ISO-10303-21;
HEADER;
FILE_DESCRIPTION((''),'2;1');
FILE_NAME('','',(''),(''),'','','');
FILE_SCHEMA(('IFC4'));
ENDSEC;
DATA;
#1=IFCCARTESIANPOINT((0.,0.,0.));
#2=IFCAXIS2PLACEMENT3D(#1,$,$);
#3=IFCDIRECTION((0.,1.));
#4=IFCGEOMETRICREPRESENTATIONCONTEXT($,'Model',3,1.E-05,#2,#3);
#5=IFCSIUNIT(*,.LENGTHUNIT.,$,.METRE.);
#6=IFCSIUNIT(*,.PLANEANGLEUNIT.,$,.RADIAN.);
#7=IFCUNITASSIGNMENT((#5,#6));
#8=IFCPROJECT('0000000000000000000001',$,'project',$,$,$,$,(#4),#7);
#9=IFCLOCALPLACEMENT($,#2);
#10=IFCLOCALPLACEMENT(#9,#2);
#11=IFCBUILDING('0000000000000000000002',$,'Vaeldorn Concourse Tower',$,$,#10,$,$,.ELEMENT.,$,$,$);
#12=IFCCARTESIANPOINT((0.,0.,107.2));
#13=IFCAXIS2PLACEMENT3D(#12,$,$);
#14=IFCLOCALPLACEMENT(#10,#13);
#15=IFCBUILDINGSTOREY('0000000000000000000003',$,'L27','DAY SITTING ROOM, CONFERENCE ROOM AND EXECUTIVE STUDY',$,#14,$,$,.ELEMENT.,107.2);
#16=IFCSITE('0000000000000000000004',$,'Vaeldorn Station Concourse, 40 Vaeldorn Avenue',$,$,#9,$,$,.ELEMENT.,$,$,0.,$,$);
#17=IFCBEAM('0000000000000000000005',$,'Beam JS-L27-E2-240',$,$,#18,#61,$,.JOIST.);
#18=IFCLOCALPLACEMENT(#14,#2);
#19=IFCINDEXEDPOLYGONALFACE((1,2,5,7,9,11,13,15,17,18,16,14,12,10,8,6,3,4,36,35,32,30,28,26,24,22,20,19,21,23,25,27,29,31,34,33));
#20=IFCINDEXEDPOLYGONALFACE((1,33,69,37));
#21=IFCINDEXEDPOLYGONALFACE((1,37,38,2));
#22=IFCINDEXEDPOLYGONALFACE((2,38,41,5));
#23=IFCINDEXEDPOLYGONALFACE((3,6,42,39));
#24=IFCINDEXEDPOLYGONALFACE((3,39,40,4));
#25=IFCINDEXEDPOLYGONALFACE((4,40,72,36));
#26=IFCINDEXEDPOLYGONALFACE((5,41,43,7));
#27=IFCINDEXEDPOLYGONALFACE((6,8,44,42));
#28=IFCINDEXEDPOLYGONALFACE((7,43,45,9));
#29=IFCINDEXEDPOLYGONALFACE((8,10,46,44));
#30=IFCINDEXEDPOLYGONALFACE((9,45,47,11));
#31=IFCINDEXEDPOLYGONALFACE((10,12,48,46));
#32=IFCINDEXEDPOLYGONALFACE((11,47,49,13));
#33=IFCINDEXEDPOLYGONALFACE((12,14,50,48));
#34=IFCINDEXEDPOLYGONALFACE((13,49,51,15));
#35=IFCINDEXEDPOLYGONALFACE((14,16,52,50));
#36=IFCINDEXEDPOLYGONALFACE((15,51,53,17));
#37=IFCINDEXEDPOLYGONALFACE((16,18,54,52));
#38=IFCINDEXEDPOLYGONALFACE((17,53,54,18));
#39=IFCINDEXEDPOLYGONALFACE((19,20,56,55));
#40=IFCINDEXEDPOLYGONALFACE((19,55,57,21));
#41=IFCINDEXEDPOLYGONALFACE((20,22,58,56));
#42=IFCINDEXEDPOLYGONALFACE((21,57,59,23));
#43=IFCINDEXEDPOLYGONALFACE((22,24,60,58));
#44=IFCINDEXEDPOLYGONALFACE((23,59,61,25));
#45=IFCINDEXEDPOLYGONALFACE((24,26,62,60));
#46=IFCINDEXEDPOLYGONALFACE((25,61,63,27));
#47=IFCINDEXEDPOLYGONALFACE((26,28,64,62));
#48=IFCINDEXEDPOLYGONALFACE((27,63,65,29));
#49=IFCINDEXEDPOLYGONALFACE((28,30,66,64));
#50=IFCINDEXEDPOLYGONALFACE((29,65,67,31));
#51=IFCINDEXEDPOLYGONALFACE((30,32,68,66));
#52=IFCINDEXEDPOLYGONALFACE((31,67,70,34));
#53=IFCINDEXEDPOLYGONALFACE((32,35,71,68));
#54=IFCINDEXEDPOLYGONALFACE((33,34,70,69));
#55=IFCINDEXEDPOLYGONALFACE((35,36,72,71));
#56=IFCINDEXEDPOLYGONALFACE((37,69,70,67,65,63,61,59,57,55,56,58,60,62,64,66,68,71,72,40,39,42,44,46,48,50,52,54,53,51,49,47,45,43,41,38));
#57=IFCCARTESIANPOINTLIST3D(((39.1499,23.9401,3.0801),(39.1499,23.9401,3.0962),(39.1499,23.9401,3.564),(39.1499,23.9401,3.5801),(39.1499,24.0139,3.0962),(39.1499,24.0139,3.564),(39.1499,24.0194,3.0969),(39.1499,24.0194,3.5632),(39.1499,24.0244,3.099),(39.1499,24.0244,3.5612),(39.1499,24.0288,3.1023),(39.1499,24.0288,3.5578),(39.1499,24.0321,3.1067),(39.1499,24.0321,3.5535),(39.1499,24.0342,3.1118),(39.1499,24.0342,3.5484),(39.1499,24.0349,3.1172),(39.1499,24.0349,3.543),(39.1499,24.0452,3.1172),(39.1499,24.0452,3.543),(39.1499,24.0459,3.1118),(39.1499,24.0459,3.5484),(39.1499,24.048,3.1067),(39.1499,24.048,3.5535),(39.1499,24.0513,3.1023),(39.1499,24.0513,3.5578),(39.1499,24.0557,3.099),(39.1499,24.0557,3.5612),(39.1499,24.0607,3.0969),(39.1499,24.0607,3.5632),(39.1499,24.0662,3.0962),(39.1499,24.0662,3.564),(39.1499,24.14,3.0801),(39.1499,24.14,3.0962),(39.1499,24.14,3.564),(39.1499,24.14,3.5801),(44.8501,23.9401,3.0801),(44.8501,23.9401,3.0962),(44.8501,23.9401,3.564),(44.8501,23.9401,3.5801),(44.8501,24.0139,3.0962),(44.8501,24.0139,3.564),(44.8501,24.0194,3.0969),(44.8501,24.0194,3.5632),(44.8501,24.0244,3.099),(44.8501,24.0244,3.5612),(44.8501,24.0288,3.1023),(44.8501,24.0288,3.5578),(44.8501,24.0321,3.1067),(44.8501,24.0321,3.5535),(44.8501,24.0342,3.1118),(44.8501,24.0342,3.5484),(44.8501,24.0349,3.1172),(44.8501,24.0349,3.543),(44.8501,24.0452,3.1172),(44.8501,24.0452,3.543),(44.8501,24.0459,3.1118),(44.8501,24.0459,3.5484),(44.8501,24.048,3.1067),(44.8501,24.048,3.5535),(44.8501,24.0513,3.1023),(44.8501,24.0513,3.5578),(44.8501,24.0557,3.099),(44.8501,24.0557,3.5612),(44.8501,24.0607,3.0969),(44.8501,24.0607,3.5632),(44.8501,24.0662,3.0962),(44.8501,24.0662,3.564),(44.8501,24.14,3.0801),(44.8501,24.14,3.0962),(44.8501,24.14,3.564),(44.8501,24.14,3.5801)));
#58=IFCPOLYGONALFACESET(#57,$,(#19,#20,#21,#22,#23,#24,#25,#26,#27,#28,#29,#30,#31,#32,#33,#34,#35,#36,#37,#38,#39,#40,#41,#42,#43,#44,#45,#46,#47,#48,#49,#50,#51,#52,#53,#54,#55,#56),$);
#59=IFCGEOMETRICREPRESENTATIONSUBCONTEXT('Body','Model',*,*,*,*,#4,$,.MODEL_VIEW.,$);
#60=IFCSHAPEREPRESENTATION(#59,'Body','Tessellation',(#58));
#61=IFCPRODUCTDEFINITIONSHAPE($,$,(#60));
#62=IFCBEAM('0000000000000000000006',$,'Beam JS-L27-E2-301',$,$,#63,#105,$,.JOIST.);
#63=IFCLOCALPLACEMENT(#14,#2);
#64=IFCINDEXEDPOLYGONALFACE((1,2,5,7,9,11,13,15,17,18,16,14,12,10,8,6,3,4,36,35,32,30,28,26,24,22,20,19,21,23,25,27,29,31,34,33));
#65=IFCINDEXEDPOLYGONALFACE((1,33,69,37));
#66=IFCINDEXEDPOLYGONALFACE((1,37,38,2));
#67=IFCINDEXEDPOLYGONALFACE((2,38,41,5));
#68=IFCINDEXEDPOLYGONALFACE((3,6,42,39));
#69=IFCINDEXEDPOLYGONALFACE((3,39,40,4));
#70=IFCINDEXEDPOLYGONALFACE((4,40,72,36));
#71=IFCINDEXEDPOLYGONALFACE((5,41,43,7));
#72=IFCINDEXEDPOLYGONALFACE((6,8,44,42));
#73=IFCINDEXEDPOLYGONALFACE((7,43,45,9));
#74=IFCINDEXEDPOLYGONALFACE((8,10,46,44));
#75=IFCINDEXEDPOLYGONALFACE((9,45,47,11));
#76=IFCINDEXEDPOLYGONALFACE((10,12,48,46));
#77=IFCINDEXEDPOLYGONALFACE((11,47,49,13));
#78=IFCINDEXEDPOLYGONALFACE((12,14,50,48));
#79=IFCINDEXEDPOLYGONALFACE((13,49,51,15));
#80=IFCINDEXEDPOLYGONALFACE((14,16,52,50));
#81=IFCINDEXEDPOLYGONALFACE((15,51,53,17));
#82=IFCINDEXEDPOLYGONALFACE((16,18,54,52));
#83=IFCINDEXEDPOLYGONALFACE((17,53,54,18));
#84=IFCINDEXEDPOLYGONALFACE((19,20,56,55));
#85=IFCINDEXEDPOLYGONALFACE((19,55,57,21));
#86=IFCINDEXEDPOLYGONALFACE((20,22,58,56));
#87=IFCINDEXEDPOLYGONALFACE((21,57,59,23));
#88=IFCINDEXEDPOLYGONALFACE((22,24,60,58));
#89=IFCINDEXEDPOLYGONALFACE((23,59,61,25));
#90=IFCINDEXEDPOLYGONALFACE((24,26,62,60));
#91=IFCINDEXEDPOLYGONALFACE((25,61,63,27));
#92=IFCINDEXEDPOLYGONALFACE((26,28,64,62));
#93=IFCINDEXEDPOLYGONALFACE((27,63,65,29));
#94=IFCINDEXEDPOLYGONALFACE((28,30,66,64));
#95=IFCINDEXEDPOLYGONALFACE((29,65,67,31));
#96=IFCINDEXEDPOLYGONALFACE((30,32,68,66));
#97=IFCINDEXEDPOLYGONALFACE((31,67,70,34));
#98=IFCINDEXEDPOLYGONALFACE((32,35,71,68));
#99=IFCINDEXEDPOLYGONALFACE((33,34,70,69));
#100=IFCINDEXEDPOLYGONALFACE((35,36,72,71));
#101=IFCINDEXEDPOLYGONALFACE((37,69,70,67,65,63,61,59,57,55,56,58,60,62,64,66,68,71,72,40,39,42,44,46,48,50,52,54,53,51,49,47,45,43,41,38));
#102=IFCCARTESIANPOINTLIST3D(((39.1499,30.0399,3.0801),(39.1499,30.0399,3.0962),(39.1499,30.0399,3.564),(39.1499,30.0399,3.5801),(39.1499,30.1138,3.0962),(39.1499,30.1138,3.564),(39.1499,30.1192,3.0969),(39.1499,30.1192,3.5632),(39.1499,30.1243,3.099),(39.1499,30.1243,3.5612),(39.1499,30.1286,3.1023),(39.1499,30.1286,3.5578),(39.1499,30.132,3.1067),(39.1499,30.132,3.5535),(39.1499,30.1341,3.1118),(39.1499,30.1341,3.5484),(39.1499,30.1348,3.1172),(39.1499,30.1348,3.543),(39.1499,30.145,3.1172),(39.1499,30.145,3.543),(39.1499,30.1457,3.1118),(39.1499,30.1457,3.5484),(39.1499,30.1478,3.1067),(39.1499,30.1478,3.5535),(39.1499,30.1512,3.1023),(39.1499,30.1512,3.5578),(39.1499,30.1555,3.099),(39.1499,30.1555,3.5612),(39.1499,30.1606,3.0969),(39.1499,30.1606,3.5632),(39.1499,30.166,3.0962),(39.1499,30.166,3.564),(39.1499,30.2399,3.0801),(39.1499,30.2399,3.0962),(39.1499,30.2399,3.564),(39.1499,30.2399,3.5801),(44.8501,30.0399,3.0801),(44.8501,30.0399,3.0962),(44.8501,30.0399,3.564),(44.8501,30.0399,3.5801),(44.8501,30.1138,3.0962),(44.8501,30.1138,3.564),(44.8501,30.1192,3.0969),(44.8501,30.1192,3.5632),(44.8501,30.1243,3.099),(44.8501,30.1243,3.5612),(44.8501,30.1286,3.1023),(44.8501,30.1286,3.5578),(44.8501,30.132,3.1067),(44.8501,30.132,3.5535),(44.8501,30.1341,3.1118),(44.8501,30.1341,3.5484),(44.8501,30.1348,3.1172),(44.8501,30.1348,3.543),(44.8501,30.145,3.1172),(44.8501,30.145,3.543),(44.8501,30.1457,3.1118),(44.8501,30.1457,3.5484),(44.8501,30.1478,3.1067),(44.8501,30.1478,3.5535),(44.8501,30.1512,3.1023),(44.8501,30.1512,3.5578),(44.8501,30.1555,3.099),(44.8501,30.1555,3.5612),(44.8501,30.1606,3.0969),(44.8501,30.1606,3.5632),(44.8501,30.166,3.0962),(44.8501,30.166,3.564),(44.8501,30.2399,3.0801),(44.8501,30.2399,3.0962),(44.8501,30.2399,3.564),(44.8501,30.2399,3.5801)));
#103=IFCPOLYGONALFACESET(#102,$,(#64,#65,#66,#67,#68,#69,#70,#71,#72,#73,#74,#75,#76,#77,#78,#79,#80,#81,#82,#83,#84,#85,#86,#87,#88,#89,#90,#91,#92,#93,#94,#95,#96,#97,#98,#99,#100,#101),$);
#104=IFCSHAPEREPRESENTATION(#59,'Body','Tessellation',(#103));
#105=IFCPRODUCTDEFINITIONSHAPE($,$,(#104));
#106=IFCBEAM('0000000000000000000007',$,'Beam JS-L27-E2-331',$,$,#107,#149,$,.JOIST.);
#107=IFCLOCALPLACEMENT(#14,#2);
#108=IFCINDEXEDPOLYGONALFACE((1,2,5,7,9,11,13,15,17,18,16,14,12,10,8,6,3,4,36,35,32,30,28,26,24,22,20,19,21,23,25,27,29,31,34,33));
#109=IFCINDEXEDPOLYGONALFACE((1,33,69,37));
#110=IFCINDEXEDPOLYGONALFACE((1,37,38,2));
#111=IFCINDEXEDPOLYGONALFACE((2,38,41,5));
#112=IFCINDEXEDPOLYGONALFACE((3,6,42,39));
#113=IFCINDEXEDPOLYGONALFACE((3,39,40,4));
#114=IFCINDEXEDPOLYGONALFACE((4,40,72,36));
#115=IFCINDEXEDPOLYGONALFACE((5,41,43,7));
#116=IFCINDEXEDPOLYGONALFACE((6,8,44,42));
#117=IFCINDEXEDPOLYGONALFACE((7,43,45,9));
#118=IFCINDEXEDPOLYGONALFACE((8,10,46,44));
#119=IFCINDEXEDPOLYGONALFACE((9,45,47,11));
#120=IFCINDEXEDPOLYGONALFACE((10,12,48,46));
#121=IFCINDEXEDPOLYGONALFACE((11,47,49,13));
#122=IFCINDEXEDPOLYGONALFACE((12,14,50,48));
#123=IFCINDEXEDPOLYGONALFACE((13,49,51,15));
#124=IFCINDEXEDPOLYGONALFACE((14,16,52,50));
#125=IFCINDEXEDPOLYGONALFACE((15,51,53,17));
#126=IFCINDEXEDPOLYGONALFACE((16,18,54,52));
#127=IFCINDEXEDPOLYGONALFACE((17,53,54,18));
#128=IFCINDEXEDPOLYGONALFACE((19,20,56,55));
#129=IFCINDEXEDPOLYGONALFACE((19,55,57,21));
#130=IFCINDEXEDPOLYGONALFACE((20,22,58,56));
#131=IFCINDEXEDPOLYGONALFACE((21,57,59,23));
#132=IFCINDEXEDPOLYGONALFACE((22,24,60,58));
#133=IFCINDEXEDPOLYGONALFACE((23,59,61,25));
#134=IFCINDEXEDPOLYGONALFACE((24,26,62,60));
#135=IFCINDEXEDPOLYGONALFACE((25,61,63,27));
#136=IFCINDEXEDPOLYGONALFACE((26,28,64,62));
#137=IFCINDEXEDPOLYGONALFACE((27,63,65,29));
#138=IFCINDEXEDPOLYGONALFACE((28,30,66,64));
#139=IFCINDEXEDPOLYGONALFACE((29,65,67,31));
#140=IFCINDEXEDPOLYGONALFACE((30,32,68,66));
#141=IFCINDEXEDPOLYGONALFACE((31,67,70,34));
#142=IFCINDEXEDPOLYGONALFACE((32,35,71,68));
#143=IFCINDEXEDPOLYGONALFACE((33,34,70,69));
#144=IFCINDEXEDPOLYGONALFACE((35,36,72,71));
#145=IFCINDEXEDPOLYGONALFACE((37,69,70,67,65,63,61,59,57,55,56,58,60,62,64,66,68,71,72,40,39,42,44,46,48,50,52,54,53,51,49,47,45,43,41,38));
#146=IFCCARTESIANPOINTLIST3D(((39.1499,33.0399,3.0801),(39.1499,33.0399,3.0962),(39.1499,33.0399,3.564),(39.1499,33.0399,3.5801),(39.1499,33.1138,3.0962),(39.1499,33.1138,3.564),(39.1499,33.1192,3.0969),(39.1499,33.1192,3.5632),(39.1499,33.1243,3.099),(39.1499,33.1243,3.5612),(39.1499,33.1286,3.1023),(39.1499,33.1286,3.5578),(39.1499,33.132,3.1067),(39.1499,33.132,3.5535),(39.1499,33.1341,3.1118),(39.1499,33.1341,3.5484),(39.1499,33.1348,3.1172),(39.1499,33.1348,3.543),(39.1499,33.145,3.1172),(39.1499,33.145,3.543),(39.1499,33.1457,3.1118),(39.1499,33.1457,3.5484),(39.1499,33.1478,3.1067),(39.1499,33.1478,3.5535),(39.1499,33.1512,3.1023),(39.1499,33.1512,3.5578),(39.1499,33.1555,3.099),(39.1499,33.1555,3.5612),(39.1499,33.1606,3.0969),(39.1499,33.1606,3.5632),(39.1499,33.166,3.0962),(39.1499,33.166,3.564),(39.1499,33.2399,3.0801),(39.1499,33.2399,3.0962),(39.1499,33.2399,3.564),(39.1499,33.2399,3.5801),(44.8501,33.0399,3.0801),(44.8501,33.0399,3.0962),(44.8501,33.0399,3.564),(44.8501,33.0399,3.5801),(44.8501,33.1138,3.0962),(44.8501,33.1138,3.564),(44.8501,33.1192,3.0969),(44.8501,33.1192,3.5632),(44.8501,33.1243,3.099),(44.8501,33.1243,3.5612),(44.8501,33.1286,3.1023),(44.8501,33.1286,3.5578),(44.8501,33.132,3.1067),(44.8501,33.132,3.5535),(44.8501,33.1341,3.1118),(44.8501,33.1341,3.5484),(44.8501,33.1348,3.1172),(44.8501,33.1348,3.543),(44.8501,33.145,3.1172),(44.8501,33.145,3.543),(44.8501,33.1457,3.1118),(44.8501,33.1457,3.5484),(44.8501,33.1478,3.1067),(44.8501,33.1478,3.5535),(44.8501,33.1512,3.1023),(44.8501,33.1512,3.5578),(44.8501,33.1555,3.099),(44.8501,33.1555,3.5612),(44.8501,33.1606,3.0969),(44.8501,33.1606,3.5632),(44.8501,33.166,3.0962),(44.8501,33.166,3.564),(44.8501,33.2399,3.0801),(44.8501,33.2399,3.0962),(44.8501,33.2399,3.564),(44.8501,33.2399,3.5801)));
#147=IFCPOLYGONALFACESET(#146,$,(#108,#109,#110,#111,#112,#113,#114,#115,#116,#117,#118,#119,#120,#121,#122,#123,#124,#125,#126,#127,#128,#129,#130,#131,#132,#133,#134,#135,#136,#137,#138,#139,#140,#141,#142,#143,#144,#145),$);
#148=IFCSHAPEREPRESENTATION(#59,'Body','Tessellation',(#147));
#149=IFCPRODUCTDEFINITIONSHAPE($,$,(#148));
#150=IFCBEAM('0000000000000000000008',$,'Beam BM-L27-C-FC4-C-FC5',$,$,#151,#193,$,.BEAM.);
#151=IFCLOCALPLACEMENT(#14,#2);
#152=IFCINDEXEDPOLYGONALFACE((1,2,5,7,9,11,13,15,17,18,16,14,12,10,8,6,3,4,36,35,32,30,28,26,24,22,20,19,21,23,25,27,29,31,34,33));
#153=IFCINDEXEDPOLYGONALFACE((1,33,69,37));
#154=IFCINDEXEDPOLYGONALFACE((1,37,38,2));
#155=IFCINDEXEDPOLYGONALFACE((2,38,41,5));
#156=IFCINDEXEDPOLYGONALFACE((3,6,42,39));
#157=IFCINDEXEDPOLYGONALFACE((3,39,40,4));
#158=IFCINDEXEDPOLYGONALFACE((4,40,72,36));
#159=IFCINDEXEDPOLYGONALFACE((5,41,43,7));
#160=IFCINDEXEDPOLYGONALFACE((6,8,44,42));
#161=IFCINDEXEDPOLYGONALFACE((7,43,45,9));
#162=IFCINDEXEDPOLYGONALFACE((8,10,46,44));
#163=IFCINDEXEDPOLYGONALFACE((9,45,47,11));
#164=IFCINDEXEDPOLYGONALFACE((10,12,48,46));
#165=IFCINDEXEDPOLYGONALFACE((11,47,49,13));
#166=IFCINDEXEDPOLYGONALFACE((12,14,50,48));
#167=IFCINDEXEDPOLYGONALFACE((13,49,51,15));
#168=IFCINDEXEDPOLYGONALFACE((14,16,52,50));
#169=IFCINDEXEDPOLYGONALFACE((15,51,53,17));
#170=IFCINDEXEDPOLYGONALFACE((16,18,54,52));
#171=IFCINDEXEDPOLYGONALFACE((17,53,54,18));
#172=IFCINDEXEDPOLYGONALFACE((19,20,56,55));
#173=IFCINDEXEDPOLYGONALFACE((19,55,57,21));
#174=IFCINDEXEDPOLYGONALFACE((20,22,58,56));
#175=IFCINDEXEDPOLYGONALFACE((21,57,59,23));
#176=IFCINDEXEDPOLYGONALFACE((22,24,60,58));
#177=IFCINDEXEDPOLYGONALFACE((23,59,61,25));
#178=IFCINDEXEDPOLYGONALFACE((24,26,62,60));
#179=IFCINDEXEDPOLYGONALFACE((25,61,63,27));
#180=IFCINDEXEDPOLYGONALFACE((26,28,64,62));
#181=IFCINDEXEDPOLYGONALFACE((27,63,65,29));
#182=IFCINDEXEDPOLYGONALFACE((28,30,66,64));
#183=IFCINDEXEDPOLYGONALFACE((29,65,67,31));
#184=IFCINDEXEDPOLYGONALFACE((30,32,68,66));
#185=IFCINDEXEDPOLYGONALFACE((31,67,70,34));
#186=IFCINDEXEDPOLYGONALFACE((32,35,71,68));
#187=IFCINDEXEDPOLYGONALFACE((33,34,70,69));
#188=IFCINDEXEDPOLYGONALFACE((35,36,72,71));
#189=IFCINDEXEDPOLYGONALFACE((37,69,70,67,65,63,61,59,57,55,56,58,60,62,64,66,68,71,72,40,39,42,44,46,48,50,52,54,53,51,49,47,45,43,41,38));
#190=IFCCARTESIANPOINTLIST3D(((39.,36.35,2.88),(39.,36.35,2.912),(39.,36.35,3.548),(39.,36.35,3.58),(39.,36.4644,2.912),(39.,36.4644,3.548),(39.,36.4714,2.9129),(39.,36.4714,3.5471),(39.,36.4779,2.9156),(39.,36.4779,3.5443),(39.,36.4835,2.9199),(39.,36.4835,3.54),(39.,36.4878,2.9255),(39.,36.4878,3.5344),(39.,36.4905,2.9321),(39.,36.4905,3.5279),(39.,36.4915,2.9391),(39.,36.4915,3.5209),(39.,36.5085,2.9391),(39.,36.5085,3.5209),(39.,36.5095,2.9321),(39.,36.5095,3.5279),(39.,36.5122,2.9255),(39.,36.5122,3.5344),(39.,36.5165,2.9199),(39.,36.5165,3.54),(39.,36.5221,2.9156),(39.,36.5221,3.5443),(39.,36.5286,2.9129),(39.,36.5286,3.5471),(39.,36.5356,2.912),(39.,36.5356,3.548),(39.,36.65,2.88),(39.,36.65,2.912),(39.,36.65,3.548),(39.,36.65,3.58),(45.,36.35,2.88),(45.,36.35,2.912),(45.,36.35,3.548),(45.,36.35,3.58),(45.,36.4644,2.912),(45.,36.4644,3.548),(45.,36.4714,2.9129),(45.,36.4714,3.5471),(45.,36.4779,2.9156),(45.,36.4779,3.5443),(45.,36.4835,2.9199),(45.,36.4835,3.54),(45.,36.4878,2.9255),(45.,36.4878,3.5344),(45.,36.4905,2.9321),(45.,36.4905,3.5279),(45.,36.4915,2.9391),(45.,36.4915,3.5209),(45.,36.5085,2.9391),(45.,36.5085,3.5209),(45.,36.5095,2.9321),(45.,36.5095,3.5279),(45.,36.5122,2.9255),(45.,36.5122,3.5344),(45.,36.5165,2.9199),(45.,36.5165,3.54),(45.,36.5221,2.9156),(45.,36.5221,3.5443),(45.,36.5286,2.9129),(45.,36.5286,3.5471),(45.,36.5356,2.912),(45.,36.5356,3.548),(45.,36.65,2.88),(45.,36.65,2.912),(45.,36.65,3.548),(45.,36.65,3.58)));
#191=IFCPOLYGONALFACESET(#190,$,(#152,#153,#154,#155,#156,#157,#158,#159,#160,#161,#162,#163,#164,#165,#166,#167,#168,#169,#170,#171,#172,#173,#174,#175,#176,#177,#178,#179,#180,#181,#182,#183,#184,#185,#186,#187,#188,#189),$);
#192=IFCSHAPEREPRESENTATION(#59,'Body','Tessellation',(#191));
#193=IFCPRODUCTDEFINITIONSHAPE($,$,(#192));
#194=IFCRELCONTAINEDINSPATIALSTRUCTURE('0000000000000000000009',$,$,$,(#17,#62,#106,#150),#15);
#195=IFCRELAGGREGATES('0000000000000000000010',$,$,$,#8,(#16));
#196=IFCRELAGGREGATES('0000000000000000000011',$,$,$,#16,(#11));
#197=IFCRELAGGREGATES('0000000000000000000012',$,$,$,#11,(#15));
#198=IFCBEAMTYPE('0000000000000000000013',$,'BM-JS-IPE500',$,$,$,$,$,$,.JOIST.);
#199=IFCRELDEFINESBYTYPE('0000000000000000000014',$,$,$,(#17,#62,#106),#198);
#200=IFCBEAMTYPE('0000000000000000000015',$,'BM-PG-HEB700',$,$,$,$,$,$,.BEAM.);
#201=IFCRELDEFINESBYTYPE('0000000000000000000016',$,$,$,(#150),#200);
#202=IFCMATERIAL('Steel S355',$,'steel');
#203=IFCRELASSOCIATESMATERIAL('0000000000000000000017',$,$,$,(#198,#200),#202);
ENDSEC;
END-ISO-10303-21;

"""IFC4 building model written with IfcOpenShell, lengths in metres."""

from ifc_helpers import new_model, si_unit, direction, frame, origin, origin_2d, place, context, subcontext, project, spatial, i_section, extrude, source, transform, mapped, material, material_profile, profile_set, type_object, element, save


model = new_model("IFC4")

# Units and contexts
model_context = context("Model", 3, precision=1e-05, world=origin(), true_north=direction((0.0, 1.0)))
body_context = subcontext(model_context, "Body", "Model", "MODEL_VIEW")
ifc_project = project(units=[si_unit("LENGTHUNIT", "METRE"), si_unit("PLANEANGLEUNIT", "RADIAN")], contexts=[model_context])

# Site, building, storey
site_placement = place(None, origin())
site = spatial("IfcSite", under=ifc_project, at=site_placement, Name="Vaeldorn Station Concourse, 40 Vaeldorn Avenue", CompositionType="ELEMENT", RefElevation=0.0)
building_placement = place(site_placement, origin())
building = spatial("IfcBuilding", under=site, at=building_placement, Name="Vaeldorn Concourse Tower", CompositionType="ELEMENT")
storey_placement = place(building_placement, frame((0.0, 0.0, 107.2)))
storey = spatial("IfcBuildingStorey", under=building, at=storey_placement, Name="L27", Description="DAY SITTING ROOM, CONFERENCE ROOM AND EXECUTIVE STUDY", CompositionType="ELEMENT", Elevation=107.2)

# Beams
ifc_material_1 = material(Name="Steel S355", Category="steel")
ifc_material_profile_1 = material_profile(ifc_material_1, i_section(OverallWidth=0.2, OverallDepth=0.5, WebThickness=0.0103, FlangeThickness=0.0161, FilletRadius=0.021, at=origin_2d()), Name="IPE 500")
ifc_profile_set_1 = profile_set([ifc_material_profile_1], Name="Steel S355")
beam_type_1 = type_object("IfcBeamType", Name="BM-JS-IPE500", PredefinedType="JOIST", material=ifc_profile_set_1)
shared_shape_1 = source(origin(), body_context, "Body", "SweptSolid", [
    extrude(i_section(OverallWidth=0.2, OverallDepth=0.5, WebThickness=0.0103, FlangeThickness=0.0161, FilletRadius=0.021, at=origin_2d()), origin(), (0.0, 0.0, 1.0), 5.7002),
])
for number, where, z_axis, x_axis, name in (
    (1, (39.1499, 24.04, 3.3301), (1.0, 0.0, 0.0), (0.0, 1.0, 0.0), "Beam JS-L27-E2-240"),
    (2, (39.1499, 30.1399, 3.3301), (1.0, 0.0, 0.0), (0.0, 1.0, 0.0), "Beam JS-L27-E2-301"),
    (3, (39.1499, 33.1399, 3.3301), (1.0, 0.0, 0.0), (0.0, 1.0, 0.0), "Beam JS-L27-E2-331"),
):
    element("IfcBeam", number, at=place(storey_placement, frame(where, z_axis=z_axis, x_axis=x_axis)), inside=storey, type_object=beam_type_1, Name=name, PredefinedType="JOIST", context=body_context, shape_type="MappedRepresentation", body=[
        mapped(shared_shape_1, transform((0.0, 0.0, 0.0), scale=1.0)),
    ])
ifc_material_profile_2 = material_profile(ifc_material_1, i_section(OverallWidth=0.3, OverallDepth=0.7, WebThickness=0.0171, FlangeThickness=0.032, FilletRadius=0.0271, at=origin_2d()), Name="HEB 700")
ifc_profile_set_2 = profile_set([ifc_material_profile_2], Name="Steel S355")
beam_type_2 = type_object("IfcBeamType", Name="BM-PG-HEB700", PredefinedType="BEAM", material=ifc_profile_set_2)
shared_shape_2 = source(origin(), body_context, "Body", "SweptSolid", [
    extrude(i_section(OverallWidth=0.3, OverallDepth=0.7, WebThickness=0.0171, FlangeThickness=0.032, FilletRadius=0.0271, at=origin_2d()), origin(), (0.0, 0.0, 1.0), 6.0),
])
for number, where, z_axis, x_axis, name in (
    (4, (39.0, 36.5, 3.23), (1.0, 0.0, 0.0), (0.0, 1.0, 0.0), "Beam BM-L27-C-FC4-C-FC5"),
):
    element("IfcBeam", number, at=place(storey_placement, frame(where, z_axis=z_axis, x_axis=x_axis)), inside=storey, type_object=beam_type_2, Name=name, PredefinedType="BEAM", context=body_context, shape_type="MappedRepresentation", body=[
        mapped(shared_shape_2, transform((0.0, 0.0, 0.0), scale=1.0)),
    ])

save(model, "model.ifc")
